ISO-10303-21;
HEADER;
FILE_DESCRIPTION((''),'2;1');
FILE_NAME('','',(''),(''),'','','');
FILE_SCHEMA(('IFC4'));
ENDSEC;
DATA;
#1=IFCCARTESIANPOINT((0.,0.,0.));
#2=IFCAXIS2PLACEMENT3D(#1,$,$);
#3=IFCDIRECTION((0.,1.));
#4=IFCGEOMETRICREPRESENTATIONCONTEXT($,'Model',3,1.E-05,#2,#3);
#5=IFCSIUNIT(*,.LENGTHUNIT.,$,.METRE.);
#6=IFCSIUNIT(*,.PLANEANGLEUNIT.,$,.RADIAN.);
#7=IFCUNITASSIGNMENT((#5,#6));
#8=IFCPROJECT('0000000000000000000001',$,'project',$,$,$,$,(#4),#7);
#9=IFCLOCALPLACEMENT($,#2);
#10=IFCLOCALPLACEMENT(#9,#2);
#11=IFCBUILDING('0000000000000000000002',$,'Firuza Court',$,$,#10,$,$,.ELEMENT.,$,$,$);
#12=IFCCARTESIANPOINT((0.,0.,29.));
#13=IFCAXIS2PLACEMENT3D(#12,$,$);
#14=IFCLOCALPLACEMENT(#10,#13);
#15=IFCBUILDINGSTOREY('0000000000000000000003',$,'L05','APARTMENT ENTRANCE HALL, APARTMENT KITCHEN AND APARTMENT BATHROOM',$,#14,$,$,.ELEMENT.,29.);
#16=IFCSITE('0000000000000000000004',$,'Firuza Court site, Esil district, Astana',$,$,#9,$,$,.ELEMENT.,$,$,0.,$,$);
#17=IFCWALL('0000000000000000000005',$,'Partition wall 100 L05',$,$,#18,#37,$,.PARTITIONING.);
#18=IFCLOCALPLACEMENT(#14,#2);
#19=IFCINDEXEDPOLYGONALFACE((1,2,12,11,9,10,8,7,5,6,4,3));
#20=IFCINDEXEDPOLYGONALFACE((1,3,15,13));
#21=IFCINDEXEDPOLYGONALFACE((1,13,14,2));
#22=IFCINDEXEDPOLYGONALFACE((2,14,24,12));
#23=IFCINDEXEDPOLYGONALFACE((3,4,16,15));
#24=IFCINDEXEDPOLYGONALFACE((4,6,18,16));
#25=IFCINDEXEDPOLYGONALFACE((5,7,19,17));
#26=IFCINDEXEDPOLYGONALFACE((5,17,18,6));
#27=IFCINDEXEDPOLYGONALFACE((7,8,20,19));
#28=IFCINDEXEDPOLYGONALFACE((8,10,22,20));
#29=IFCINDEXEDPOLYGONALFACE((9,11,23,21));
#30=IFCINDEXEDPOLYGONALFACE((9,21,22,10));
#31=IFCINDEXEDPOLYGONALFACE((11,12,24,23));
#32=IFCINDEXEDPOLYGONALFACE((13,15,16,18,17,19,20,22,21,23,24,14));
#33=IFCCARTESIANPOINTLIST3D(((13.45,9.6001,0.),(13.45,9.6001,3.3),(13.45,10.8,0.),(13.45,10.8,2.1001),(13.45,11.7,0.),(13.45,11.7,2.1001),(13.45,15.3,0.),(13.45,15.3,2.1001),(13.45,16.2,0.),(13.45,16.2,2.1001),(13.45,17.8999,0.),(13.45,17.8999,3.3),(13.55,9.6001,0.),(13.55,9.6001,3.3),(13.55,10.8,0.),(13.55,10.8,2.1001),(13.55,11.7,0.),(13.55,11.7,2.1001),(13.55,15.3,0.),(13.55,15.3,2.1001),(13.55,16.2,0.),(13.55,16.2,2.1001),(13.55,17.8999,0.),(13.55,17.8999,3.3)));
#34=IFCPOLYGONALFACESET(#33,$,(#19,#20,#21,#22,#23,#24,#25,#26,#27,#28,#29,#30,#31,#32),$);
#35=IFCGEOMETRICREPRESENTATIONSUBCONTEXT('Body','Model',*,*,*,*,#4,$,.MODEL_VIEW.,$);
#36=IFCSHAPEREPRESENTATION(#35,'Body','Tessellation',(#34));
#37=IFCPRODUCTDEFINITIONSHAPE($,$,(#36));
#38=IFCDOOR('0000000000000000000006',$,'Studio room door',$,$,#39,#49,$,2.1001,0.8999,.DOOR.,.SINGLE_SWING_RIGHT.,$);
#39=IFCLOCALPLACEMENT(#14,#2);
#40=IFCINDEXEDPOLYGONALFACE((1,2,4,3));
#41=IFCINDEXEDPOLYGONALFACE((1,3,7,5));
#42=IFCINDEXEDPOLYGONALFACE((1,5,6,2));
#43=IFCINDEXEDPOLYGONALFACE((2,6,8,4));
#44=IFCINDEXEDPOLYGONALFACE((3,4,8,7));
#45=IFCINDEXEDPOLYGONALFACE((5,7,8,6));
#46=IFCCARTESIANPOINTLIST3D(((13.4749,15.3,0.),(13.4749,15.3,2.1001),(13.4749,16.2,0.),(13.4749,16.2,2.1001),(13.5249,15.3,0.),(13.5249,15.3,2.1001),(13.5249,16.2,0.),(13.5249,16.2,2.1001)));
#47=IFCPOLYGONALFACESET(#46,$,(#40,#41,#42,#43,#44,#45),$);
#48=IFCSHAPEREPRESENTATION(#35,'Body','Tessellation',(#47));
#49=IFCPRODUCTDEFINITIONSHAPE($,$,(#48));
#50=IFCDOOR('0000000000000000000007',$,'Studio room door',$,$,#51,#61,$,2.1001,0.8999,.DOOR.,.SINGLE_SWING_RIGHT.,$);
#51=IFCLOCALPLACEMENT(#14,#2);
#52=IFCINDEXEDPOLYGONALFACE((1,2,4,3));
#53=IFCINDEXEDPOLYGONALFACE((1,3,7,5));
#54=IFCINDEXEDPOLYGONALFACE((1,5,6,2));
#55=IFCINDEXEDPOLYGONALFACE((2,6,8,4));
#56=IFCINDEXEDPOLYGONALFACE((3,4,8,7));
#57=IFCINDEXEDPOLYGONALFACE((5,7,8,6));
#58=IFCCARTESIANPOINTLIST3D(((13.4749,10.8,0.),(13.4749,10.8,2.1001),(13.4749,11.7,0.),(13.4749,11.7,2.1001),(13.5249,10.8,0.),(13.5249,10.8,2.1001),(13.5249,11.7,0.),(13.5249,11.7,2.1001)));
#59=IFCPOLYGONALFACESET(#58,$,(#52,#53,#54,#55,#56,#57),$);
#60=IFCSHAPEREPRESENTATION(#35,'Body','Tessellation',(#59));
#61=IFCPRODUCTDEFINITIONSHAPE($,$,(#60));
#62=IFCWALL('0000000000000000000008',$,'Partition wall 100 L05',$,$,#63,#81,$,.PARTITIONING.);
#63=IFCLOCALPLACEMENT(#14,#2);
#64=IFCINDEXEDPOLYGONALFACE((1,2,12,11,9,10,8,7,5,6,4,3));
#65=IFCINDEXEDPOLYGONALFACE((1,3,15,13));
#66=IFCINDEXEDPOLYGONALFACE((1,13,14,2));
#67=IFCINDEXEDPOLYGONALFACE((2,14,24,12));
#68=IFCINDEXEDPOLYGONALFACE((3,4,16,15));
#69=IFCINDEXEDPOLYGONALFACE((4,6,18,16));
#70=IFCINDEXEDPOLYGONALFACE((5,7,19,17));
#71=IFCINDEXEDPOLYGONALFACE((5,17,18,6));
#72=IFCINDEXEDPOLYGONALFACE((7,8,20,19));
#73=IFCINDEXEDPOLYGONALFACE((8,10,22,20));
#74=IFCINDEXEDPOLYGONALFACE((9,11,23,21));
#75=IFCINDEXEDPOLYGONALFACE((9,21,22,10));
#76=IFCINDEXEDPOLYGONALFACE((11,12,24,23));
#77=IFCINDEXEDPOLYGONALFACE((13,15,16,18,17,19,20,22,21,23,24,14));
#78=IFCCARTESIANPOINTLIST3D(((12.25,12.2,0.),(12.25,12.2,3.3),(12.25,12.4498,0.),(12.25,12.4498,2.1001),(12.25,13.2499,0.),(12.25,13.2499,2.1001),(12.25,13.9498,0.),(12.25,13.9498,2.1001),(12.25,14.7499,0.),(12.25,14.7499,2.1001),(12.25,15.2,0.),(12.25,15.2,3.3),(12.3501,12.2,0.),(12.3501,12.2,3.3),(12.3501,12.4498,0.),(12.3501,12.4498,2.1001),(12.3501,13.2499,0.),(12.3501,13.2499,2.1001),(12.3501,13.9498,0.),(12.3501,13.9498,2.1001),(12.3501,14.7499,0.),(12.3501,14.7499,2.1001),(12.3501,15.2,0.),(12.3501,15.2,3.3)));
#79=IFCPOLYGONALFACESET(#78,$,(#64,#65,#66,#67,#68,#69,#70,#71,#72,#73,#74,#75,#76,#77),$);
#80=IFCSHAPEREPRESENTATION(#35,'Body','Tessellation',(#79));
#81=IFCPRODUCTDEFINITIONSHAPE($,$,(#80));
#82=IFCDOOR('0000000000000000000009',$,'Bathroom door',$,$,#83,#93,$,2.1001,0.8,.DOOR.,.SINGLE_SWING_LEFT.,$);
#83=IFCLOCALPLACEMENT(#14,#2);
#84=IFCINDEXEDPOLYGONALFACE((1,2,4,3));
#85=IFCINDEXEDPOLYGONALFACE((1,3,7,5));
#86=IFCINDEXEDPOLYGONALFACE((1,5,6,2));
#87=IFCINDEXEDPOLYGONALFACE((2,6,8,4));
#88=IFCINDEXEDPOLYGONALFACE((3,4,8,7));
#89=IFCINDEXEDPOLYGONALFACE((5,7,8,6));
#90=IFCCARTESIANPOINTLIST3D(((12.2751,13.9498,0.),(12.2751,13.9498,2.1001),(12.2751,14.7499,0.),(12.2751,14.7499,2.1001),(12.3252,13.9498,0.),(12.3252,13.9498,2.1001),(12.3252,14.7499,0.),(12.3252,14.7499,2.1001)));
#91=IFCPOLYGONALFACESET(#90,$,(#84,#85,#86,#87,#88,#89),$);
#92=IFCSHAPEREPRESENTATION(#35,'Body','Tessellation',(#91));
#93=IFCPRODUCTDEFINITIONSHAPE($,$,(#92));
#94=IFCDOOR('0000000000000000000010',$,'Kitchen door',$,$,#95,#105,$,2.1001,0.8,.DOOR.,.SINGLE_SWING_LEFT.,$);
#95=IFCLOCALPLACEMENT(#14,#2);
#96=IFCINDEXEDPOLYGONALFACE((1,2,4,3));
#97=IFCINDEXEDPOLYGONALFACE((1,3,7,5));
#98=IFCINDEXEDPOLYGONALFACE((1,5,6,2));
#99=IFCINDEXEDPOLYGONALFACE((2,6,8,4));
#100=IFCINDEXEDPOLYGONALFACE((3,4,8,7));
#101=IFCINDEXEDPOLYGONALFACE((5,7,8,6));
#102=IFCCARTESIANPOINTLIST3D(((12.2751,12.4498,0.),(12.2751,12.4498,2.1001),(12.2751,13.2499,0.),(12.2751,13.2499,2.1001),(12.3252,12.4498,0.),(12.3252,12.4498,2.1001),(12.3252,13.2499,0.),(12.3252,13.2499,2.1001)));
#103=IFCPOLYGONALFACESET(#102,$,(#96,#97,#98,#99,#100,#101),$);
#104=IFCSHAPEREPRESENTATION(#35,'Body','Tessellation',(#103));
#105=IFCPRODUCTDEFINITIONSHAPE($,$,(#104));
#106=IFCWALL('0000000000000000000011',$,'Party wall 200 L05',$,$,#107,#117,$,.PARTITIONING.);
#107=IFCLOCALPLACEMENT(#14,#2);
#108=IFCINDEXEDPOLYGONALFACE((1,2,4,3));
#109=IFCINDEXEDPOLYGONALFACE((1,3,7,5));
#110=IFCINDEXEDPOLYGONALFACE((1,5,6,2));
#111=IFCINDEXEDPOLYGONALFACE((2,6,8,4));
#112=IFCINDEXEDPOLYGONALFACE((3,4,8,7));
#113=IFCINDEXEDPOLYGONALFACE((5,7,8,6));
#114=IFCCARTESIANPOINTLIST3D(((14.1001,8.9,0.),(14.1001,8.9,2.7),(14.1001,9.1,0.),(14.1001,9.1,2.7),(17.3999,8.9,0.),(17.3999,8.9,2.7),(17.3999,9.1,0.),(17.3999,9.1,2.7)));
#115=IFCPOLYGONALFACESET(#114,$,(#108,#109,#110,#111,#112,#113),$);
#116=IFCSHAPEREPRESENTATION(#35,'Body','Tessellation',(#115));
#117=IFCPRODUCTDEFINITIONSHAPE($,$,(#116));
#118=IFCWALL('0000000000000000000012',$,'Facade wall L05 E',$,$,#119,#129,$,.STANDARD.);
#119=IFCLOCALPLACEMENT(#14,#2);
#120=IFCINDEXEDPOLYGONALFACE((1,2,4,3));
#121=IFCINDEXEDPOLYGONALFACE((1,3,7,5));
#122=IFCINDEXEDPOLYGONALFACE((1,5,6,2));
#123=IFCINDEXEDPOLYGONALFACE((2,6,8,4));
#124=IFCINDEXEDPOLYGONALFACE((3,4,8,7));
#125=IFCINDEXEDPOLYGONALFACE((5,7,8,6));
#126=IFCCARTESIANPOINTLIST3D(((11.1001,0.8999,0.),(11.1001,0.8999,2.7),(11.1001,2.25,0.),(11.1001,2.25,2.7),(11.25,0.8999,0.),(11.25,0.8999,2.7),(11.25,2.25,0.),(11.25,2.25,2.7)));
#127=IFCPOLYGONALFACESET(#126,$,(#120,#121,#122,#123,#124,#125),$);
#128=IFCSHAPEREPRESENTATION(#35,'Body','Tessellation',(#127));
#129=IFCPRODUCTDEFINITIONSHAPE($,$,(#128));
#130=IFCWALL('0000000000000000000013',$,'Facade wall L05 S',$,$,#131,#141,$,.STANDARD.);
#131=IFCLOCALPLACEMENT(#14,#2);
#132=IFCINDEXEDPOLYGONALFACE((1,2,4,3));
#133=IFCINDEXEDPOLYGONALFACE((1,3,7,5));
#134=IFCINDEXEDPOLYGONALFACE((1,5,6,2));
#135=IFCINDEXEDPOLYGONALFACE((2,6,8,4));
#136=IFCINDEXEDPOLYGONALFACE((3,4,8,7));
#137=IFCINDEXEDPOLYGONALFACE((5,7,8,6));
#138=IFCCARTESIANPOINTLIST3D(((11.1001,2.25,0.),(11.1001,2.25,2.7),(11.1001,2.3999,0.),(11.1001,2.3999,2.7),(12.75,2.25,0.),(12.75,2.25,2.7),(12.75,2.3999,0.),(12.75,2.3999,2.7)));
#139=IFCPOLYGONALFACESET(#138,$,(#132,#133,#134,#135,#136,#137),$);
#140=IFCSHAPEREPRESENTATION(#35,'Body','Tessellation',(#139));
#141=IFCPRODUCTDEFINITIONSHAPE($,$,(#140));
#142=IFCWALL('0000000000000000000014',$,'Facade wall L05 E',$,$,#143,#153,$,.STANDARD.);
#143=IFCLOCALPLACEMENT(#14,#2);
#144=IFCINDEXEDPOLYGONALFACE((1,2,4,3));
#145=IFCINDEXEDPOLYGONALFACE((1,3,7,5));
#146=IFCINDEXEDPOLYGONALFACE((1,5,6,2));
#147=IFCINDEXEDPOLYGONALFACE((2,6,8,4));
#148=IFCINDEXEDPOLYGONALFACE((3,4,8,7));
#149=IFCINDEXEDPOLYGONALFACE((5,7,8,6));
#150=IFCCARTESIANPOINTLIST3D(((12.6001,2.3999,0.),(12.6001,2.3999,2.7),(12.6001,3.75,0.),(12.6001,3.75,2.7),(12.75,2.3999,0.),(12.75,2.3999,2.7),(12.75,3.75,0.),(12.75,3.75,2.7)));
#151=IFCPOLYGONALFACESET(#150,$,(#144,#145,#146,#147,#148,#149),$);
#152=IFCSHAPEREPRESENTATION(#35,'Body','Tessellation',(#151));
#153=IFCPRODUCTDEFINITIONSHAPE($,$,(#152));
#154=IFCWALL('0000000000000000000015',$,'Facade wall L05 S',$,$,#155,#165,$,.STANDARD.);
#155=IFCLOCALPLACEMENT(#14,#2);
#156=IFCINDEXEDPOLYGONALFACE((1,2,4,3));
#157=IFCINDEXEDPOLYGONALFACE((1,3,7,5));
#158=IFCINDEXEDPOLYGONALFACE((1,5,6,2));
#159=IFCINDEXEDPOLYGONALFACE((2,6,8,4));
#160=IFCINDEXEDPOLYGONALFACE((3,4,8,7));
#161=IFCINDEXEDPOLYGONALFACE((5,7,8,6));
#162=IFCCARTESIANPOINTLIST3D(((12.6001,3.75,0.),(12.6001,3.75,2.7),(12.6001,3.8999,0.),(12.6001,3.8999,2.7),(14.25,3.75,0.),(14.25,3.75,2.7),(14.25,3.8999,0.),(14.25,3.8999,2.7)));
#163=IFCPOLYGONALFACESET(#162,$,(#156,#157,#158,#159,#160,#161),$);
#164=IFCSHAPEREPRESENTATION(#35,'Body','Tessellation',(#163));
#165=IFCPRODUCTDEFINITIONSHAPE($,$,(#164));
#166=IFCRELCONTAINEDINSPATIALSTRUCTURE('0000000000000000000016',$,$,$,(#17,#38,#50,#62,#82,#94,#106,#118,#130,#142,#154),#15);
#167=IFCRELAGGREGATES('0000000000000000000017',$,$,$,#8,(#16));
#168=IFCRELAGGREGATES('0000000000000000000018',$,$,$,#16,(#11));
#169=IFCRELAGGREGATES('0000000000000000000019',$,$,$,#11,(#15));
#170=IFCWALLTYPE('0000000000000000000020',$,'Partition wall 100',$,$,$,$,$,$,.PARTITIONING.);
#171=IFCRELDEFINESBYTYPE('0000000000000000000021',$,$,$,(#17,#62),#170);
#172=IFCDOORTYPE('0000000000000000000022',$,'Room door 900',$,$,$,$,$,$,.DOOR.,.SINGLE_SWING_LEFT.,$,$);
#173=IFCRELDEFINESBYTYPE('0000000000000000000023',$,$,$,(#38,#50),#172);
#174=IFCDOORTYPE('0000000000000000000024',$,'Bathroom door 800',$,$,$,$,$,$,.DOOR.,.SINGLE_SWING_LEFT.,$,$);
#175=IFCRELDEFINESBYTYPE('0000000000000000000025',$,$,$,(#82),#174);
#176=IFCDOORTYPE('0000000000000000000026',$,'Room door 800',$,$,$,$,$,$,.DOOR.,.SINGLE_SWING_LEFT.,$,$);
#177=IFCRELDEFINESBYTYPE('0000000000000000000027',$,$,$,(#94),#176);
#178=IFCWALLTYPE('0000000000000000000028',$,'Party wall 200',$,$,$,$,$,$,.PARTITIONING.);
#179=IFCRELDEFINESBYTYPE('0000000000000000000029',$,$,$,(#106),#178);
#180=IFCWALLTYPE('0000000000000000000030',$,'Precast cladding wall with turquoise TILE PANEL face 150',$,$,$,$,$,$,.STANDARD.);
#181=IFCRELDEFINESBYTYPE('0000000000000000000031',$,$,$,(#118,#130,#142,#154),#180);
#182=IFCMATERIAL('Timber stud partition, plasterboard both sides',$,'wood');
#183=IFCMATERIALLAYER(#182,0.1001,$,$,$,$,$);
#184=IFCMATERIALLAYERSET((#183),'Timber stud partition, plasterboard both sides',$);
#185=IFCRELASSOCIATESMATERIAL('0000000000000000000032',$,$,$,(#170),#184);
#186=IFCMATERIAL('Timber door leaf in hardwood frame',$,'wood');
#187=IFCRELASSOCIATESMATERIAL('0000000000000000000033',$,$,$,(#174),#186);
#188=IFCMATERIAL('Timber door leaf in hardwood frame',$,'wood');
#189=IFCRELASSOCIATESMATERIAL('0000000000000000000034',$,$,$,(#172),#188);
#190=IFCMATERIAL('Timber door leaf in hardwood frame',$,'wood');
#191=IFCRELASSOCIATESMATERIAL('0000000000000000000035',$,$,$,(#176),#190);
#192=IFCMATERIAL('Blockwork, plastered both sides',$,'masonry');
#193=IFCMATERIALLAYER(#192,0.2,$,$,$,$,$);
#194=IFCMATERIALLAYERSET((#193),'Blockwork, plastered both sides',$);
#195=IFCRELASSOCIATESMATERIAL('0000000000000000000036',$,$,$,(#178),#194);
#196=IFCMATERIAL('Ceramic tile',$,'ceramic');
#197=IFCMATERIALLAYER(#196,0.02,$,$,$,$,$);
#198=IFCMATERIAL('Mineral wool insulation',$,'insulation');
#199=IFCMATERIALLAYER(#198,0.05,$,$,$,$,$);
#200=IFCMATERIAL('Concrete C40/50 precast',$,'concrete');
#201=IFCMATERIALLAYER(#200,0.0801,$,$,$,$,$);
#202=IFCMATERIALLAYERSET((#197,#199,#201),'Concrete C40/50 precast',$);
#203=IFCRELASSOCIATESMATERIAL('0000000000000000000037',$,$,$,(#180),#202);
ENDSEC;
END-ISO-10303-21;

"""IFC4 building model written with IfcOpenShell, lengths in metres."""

from ifc_helpers import new_model, si_unit, direction, frame, frame_2d, origin, place, context, subcontext, project, spatial, rectangle, extrude, material, layer, layer_set, type_object, element, fill, save


model = new_model("IFC4")

# Units and contexts
model_context = context("Model", 3, precision=1e-05, world=origin(), true_north=direction((0.0, 1.0)))
body_context = subcontext(model_context, "Body", "Model", "MODEL_VIEW")
ifc_project = project(units=[si_unit("LENGTHUNIT", "METRE"), si_unit("PLANEANGLEUNIT", "RADIAN")], contexts=[model_context])

# Site, building, storey
site_placement = place(None, origin())
site = spatial("IfcSite", under=ifc_project, at=site_placement, Name="Firuza Court site, Esil district, Astana", CompositionType="ELEMENT", RefElevation=0.0)
building_placement = place(site_placement, origin())
building = spatial("IfcBuilding", under=site, at=building_placement, Name="Firuza Court", CompositionType="ELEMENT")
storey_placement = place(building_placement, frame((0.0, 0.0, 29.0)))
storey = spatial("IfcBuildingStorey", under=building, at=storey_placement, Name="L05", Description="APARTMENT ENTRANCE HALL, APARTMENT KITCHEN AND APARTMENT BATHROOM", CompositionType="ELEMENT", Elevation=29.0)

# Shared definitions
ifc_material_1 = material(Name="Timber stud partition, plasterboard both sides", Category="wood")
ifc_layer_1 = layer(ifc_material_1, 0.1001)
ifc_layer_set_1 = layer_set([ifc_layer_1], Name="Timber stud partition, plasterboard both sides")
wall_type_1 = type_object("IfcWallType", Name="Partition wall 100", PredefinedType="PARTITIONING", material=ifc_layer_set_1)

# Shared definitions
ifc_material_2 = material(Name="Timber door leaf in hardwood frame", Category="wood")
door_type_1 = type_object("IfcDoorType", Name="Bathroom door 800", OperationType="SINGLE_SWING_LEFT", PredefinedType="DOOR", material=ifc_material_2)

# Walls, openings, doors
wall_1_placement = place(storey_placement, frame((13.5, 9.6001, 0.0), z_axis=(0.0, 0.0, 1.0), x_axis=(0.0, 1.0, 0.0)))
wall_1 = element("IfcWall", 1, at=wall_1_placement, inside=storey, type_object=wall_type_1, Name="Partition wall 100 L05", PredefinedType="PARTITIONING", context=body_context, shape_type="SweptSolid", body=[
    extrude(rectangle(XDim=8.2998, YDim=0.1001, at=frame_2d((4.1499, 0.0))), origin(), (0.0, 0.0, 1.0), 3.3),
])
opening_1_placement = place(wall_1_placement, frame((5.7, 0.0, 0.0)))
opening_1 = element("IfcOpeningElement", 2, at=opening_1_placement, cuts=wall_1, PredefinedType="OPENING", context=body_context, shape_type="SweptSolid", body=[
    extrude(rectangle(XDim=0.8999, YDim=2.1001, at=frame_2d((0.45, 1.05))), frame((0.0, 0.062, 0.0), z_axis=(0.0, -1.0, 0.0), x_axis=(1.0, 0.0, 0.0)), (0.0, 0.0, 1.0), 0.124),
])
opening_2_placement = place(wall_1_placement, frame((1.2, 0.0, 0.0)))
opening_2 = element("IfcOpeningElement", 3, at=opening_2_placement, cuts=wall_1, PredefinedType="OPENING", context=body_context, shape_type="SweptSolid", body=[
    extrude(rectangle(XDim=0.8999, YDim=2.1001, at=frame_2d((0.45, 1.05))), frame((0.0, 0.062, 0.0), z_axis=(0.0, -1.0, 0.0), x_axis=(1.0, 0.0, 0.0)), (0.0, 0.0, 1.0), 0.124),
])
ifc_material_3 = material(Name="Timber door leaf in hardwood frame", Category="wood")
door_type_2 = type_object("IfcDoorType", Name="Room door 900", OperationType="SINGLE_SWING_LEFT", PredefinedType="DOOR", material=ifc_material_3)
door_1_placement = place(opening_1_placement, frame((0.8999, 0.0, 0.0), z_axis=(0.0, 0.0, 1.0), x_axis=(-1.0, 0.0, 0.0)))
door_1 = element("IfcDoor", 4, at=door_1_placement, inside=storey, type_object=door_type_2, Name="Studio room door", OperationType="SINGLE_SWING_RIGHT", OverallHeight=2.1001, OverallWidth=0.8999, PredefinedType="DOOR", context=body_context, shape_type="SweptSolid", body=[
    extrude(rectangle(XDim=0.8999, YDim=2.1001, at=frame_2d((0.45, 1.05))), frame((0.0, 0.0249, 0.0), z_axis=(0.0, -1.0, 0.0), x_axis=(1.0, 0.0, 0.0)), (0.0, 0.0, 1.0), 0.05),
])
fill(opening_1, door_1)
door_2_placement = place(opening_2_placement, frame((0.8999, 0.0, 0.0), z_axis=(0.0, 0.0, 1.0), x_axis=(-1.0, 0.0, 0.0)))
door_2 = element("IfcDoor", 5, at=door_2_placement, inside=storey, type_object=door_type_2, Name="Studio room door", OperationType="SINGLE_SWING_RIGHT", OverallHeight=2.1001, OverallWidth=0.8999, PredefinedType="DOOR", context=body_context, shape_type="SweptSolid", body=[
    extrude(rectangle(XDim=0.8999, YDim=2.1001, at=frame_2d((0.45, 1.05))), frame((0.0, 0.0249, 0.0), z_axis=(0.0, -1.0, 0.0), x_axis=(1.0, 0.0, 0.0)), (0.0, 0.0, 1.0), 0.05),
])
fill(opening_2, door_2)
wall_2_placement = place(storey_placement, frame((12.3, 12.2, 0.0), z_axis=(0.0, 0.0, 1.0), x_axis=(0.0, 1.0, 0.0)))
wall_2 = element("IfcWall", 6, at=wall_2_placement, inside=storey, type_object=wall_type_1, Name="Partition wall 100 L05", PredefinedType="PARTITIONING", context=body_context, shape_type="SweptSolid", body=[
    extrude(rectangle(XDim=3.0, YDim=0.1001, at=frame_2d((1.5, 0.0))), origin(), (0.0, 0.0, 1.0), 3.3),
])
opening_3_placement = place(wall_2_placement, frame((1.75, 0.0, 0.0)))
opening_3 = element("IfcOpeningElement", 7, at=opening_3_placement, cuts=wall_2, PredefinedType="OPENING", context=body_context, shape_type="SweptSolid", body=[
    extrude(rectangle(XDim=0.8, YDim=2.1001, at=frame_2d((0.3999, 1.05))), frame((0.0, 0.062, 0.0), z_axis=(0.0, -1.0, 0.0), x_axis=(1.0, 0.0, 0.0)), (0.0, 0.0, 1.0), 0.124),
])
opening_4_placement = place(wall_2_placement, frame((0.25, 0.0, 0.0)))
opening_4 = element("IfcOpeningElement", 8, at=opening_4_placement, cuts=wall_2, PredefinedType="OPENING", context=body_context, shape_type="SweptSolid", body=[
    extrude(rectangle(XDim=0.8, YDim=2.1001, at=frame_2d((0.3999, 1.05))), frame((0.0, 0.062, 0.0), z_axis=(0.0, -1.0, 0.0), x_axis=(1.0, 0.0, 0.0)), (0.0, 0.0, 1.0), 0.124),
])
door_3_placement = place(opening_3_placement, origin())
door_3 = element("IfcDoor", 9, at=door_3_placement, inside=storey, type_object=door_type_1, Name="Bathroom door", OperationType="SINGLE_SWING_LEFT", OverallHeight=2.1001, OverallWidth=0.8, PredefinedType="DOOR", context=body_context, shape_type="SweptSolid", body=[
    extrude(rectangle(XDim=0.8, YDim=2.1001, at=frame_2d((0.3999, 1.05))), frame((0.0, 0.0249, 0.0), z_axis=(0.0, -1.0, 0.0), x_axis=(1.0, 0.0, 0.0)), (0.0, 0.0, 1.0), 0.05),
])
fill(opening_3, door_3)
ifc_material_4 = material(Name="Timber door leaf in hardwood frame", Category="wood")
door_type_3 = type_object("IfcDoorType", Name="Room door 800", OperationType="SINGLE_SWING_LEFT", PredefinedType="DOOR", material=ifc_material_4)
door_4_placement = place(opening_4_placement, origin())
door_4 = element("IfcDoor", 10, at=door_4_placement, inside=storey, type_object=door_type_3, Name="Kitchen door", OperationType="SINGLE_SWING_LEFT", OverallHeight=2.1001, OverallWidth=0.8, PredefinedType="DOOR", context=body_context, shape_type="SweptSolid", body=[
    extrude(rectangle(XDim=0.8, YDim=2.1001, at=frame_2d((0.3999, 1.05))), frame((0.0, 0.0249, 0.0), z_axis=(0.0, -1.0, 0.0), x_axis=(1.0, 0.0, 0.0)), (0.0, 0.0, 1.0), 0.05),
])
fill(opening_4, door_4)

# Walls
ifc_material_5 = material(Name="Blockwork, plastered both sides", Category="masonry")
ifc_layer_2 = layer(ifc_material_5, 0.2)
ifc_layer_set_2 = layer_set([ifc_layer_2], Name="Blockwork, plastered both sides")
wall_type_2 = type_object("IfcWallType", Name="Party wall 200", PredefinedType="PARTITIONING", material=ifc_layer_set_2)
wall_3_placement = place(storey_placement, frame((14.1001, 9.0, 0.0), z_axis=(0.0, 0.0, 1.0), x_axis=(1.0, 0.0, 0.0)))
element("IfcWall", 11, at=wall_3_placement, inside=storey, type_object=wall_type_2, Name="Party wall 200 L05", PredefinedType="PARTITIONING", context=body_context, shape_type="SweptSolid", body=[
    extrude(rectangle(XDim=3.2998, YDim=0.2, at=frame_2d((1.6499, 0.0))), origin(), (0.0, 0.0, 1.0), 2.7),
])
ifc_material_6 = material(Name="Ceramic tile", Category="ceramic")
ifc_layer_3 = layer(ifc_material_6, 0.02)
ifc_material_7 = material(Name="Mineral wool insulation", Category="insulation")
ifc_layer_4 = layer(ifc_material_7, 0.05)
ifc_material_8 = material(Name="Concrete C40/50 precast", Category="concrete")
ifc_layer_5 = layer(ifc_material_8, 0.0801)
ifc_layer_set_3 = layer_set([ifc_layer_3, ifc_layer_4, ifc_layer_5], Name="Concrete C40/50 precast")
wall_type_3 = type_object("IfcWallType", Name="Precast cladding wall with turquoise TILE PANEL face 150", PredefinedType="STANDARD", material=ifc_layer_set_3)
wall_4_placement = place(storey_placement, frame((11.175, 0.8999, 0.0), z_axis=(0.0, 0.0, 1.0), x_axis=(0.0, 1.0, 0.0)))
element("IfcWall", 12, at=wall_4_placement, inside=storey, type_object=wall_type_3, Name="Facade wall L05 E", PredefinedType="STANDARD", context=body_context, shape_type="SweptSolid", body=[
    extrude(rectangle(XDim=1.3501, YDim=0.1499, at=frame_2d((0.675, 0.0))), origin(), (0.0, 0.0, 1.0), 2.7),
])
wall_5_placement = place(storey_placement, frame((11.1001, 2.325, 0.0), z_axis=(0.0, 0.0, 1.0), x_axis=(1.0, 0.0, 0.0)))
element("IfcWall", 13, at=wall_5_placement, inside=storey, type_object=wall_type_3, Name="Facade wall L05 S", PredefinedType="STANDARD", context=body_context, shape_type="SweptSolid", body=[
    extrude(rectangle(XDim=1.6499, YDim=0.1499, at=frame_2d((0.825, 0.0))), origin(), (0.0, 0.0, 1.0), 2.7),
])
wall_6_placement = place(storey_placement, frame((12.675, 2.3999, 0.0), z_axis=(0.0, 0.0, 1.0), x_axis=(0.0, 1.0, 0.0)))
element("IfcWall", 14, at=wall_6_placement, inside=storey, type_object=wall_type_3, Name="Facade wall L05 E", PredefinedType="STANDARD", context=body_context, shape_type="SweptSolid", body=[
    extrude(rectangle(XDim=1.3501, YDim=0.1499, at=frame_2d((0.675, 0.0))), origin(), (0.0, 0.0, 1.0), 2.7),
])
wall_7_placement = place(storey_placement, frame((12.6001, 3.825, 0.0), z_axis=(0.0, 0.0, 1.0), x_axis=(1.0, 0.0, 0.0)))
element("IfcWall", 15, at=wall_7_placement, inside=storey, type_object=wall_type_3, Name="Facade wall L05 S", PredefinedType="STANDARD", context=body_context, shape_type="SweptSolid", body=[
    extrude(rectangle(XDim=1.6499, YDim=0.1499, at=frame_2d((0.825, 0.0))), origin(), (0.0, 0.0, 1.0), 2.7),
])

save(model, "model.ifc")
